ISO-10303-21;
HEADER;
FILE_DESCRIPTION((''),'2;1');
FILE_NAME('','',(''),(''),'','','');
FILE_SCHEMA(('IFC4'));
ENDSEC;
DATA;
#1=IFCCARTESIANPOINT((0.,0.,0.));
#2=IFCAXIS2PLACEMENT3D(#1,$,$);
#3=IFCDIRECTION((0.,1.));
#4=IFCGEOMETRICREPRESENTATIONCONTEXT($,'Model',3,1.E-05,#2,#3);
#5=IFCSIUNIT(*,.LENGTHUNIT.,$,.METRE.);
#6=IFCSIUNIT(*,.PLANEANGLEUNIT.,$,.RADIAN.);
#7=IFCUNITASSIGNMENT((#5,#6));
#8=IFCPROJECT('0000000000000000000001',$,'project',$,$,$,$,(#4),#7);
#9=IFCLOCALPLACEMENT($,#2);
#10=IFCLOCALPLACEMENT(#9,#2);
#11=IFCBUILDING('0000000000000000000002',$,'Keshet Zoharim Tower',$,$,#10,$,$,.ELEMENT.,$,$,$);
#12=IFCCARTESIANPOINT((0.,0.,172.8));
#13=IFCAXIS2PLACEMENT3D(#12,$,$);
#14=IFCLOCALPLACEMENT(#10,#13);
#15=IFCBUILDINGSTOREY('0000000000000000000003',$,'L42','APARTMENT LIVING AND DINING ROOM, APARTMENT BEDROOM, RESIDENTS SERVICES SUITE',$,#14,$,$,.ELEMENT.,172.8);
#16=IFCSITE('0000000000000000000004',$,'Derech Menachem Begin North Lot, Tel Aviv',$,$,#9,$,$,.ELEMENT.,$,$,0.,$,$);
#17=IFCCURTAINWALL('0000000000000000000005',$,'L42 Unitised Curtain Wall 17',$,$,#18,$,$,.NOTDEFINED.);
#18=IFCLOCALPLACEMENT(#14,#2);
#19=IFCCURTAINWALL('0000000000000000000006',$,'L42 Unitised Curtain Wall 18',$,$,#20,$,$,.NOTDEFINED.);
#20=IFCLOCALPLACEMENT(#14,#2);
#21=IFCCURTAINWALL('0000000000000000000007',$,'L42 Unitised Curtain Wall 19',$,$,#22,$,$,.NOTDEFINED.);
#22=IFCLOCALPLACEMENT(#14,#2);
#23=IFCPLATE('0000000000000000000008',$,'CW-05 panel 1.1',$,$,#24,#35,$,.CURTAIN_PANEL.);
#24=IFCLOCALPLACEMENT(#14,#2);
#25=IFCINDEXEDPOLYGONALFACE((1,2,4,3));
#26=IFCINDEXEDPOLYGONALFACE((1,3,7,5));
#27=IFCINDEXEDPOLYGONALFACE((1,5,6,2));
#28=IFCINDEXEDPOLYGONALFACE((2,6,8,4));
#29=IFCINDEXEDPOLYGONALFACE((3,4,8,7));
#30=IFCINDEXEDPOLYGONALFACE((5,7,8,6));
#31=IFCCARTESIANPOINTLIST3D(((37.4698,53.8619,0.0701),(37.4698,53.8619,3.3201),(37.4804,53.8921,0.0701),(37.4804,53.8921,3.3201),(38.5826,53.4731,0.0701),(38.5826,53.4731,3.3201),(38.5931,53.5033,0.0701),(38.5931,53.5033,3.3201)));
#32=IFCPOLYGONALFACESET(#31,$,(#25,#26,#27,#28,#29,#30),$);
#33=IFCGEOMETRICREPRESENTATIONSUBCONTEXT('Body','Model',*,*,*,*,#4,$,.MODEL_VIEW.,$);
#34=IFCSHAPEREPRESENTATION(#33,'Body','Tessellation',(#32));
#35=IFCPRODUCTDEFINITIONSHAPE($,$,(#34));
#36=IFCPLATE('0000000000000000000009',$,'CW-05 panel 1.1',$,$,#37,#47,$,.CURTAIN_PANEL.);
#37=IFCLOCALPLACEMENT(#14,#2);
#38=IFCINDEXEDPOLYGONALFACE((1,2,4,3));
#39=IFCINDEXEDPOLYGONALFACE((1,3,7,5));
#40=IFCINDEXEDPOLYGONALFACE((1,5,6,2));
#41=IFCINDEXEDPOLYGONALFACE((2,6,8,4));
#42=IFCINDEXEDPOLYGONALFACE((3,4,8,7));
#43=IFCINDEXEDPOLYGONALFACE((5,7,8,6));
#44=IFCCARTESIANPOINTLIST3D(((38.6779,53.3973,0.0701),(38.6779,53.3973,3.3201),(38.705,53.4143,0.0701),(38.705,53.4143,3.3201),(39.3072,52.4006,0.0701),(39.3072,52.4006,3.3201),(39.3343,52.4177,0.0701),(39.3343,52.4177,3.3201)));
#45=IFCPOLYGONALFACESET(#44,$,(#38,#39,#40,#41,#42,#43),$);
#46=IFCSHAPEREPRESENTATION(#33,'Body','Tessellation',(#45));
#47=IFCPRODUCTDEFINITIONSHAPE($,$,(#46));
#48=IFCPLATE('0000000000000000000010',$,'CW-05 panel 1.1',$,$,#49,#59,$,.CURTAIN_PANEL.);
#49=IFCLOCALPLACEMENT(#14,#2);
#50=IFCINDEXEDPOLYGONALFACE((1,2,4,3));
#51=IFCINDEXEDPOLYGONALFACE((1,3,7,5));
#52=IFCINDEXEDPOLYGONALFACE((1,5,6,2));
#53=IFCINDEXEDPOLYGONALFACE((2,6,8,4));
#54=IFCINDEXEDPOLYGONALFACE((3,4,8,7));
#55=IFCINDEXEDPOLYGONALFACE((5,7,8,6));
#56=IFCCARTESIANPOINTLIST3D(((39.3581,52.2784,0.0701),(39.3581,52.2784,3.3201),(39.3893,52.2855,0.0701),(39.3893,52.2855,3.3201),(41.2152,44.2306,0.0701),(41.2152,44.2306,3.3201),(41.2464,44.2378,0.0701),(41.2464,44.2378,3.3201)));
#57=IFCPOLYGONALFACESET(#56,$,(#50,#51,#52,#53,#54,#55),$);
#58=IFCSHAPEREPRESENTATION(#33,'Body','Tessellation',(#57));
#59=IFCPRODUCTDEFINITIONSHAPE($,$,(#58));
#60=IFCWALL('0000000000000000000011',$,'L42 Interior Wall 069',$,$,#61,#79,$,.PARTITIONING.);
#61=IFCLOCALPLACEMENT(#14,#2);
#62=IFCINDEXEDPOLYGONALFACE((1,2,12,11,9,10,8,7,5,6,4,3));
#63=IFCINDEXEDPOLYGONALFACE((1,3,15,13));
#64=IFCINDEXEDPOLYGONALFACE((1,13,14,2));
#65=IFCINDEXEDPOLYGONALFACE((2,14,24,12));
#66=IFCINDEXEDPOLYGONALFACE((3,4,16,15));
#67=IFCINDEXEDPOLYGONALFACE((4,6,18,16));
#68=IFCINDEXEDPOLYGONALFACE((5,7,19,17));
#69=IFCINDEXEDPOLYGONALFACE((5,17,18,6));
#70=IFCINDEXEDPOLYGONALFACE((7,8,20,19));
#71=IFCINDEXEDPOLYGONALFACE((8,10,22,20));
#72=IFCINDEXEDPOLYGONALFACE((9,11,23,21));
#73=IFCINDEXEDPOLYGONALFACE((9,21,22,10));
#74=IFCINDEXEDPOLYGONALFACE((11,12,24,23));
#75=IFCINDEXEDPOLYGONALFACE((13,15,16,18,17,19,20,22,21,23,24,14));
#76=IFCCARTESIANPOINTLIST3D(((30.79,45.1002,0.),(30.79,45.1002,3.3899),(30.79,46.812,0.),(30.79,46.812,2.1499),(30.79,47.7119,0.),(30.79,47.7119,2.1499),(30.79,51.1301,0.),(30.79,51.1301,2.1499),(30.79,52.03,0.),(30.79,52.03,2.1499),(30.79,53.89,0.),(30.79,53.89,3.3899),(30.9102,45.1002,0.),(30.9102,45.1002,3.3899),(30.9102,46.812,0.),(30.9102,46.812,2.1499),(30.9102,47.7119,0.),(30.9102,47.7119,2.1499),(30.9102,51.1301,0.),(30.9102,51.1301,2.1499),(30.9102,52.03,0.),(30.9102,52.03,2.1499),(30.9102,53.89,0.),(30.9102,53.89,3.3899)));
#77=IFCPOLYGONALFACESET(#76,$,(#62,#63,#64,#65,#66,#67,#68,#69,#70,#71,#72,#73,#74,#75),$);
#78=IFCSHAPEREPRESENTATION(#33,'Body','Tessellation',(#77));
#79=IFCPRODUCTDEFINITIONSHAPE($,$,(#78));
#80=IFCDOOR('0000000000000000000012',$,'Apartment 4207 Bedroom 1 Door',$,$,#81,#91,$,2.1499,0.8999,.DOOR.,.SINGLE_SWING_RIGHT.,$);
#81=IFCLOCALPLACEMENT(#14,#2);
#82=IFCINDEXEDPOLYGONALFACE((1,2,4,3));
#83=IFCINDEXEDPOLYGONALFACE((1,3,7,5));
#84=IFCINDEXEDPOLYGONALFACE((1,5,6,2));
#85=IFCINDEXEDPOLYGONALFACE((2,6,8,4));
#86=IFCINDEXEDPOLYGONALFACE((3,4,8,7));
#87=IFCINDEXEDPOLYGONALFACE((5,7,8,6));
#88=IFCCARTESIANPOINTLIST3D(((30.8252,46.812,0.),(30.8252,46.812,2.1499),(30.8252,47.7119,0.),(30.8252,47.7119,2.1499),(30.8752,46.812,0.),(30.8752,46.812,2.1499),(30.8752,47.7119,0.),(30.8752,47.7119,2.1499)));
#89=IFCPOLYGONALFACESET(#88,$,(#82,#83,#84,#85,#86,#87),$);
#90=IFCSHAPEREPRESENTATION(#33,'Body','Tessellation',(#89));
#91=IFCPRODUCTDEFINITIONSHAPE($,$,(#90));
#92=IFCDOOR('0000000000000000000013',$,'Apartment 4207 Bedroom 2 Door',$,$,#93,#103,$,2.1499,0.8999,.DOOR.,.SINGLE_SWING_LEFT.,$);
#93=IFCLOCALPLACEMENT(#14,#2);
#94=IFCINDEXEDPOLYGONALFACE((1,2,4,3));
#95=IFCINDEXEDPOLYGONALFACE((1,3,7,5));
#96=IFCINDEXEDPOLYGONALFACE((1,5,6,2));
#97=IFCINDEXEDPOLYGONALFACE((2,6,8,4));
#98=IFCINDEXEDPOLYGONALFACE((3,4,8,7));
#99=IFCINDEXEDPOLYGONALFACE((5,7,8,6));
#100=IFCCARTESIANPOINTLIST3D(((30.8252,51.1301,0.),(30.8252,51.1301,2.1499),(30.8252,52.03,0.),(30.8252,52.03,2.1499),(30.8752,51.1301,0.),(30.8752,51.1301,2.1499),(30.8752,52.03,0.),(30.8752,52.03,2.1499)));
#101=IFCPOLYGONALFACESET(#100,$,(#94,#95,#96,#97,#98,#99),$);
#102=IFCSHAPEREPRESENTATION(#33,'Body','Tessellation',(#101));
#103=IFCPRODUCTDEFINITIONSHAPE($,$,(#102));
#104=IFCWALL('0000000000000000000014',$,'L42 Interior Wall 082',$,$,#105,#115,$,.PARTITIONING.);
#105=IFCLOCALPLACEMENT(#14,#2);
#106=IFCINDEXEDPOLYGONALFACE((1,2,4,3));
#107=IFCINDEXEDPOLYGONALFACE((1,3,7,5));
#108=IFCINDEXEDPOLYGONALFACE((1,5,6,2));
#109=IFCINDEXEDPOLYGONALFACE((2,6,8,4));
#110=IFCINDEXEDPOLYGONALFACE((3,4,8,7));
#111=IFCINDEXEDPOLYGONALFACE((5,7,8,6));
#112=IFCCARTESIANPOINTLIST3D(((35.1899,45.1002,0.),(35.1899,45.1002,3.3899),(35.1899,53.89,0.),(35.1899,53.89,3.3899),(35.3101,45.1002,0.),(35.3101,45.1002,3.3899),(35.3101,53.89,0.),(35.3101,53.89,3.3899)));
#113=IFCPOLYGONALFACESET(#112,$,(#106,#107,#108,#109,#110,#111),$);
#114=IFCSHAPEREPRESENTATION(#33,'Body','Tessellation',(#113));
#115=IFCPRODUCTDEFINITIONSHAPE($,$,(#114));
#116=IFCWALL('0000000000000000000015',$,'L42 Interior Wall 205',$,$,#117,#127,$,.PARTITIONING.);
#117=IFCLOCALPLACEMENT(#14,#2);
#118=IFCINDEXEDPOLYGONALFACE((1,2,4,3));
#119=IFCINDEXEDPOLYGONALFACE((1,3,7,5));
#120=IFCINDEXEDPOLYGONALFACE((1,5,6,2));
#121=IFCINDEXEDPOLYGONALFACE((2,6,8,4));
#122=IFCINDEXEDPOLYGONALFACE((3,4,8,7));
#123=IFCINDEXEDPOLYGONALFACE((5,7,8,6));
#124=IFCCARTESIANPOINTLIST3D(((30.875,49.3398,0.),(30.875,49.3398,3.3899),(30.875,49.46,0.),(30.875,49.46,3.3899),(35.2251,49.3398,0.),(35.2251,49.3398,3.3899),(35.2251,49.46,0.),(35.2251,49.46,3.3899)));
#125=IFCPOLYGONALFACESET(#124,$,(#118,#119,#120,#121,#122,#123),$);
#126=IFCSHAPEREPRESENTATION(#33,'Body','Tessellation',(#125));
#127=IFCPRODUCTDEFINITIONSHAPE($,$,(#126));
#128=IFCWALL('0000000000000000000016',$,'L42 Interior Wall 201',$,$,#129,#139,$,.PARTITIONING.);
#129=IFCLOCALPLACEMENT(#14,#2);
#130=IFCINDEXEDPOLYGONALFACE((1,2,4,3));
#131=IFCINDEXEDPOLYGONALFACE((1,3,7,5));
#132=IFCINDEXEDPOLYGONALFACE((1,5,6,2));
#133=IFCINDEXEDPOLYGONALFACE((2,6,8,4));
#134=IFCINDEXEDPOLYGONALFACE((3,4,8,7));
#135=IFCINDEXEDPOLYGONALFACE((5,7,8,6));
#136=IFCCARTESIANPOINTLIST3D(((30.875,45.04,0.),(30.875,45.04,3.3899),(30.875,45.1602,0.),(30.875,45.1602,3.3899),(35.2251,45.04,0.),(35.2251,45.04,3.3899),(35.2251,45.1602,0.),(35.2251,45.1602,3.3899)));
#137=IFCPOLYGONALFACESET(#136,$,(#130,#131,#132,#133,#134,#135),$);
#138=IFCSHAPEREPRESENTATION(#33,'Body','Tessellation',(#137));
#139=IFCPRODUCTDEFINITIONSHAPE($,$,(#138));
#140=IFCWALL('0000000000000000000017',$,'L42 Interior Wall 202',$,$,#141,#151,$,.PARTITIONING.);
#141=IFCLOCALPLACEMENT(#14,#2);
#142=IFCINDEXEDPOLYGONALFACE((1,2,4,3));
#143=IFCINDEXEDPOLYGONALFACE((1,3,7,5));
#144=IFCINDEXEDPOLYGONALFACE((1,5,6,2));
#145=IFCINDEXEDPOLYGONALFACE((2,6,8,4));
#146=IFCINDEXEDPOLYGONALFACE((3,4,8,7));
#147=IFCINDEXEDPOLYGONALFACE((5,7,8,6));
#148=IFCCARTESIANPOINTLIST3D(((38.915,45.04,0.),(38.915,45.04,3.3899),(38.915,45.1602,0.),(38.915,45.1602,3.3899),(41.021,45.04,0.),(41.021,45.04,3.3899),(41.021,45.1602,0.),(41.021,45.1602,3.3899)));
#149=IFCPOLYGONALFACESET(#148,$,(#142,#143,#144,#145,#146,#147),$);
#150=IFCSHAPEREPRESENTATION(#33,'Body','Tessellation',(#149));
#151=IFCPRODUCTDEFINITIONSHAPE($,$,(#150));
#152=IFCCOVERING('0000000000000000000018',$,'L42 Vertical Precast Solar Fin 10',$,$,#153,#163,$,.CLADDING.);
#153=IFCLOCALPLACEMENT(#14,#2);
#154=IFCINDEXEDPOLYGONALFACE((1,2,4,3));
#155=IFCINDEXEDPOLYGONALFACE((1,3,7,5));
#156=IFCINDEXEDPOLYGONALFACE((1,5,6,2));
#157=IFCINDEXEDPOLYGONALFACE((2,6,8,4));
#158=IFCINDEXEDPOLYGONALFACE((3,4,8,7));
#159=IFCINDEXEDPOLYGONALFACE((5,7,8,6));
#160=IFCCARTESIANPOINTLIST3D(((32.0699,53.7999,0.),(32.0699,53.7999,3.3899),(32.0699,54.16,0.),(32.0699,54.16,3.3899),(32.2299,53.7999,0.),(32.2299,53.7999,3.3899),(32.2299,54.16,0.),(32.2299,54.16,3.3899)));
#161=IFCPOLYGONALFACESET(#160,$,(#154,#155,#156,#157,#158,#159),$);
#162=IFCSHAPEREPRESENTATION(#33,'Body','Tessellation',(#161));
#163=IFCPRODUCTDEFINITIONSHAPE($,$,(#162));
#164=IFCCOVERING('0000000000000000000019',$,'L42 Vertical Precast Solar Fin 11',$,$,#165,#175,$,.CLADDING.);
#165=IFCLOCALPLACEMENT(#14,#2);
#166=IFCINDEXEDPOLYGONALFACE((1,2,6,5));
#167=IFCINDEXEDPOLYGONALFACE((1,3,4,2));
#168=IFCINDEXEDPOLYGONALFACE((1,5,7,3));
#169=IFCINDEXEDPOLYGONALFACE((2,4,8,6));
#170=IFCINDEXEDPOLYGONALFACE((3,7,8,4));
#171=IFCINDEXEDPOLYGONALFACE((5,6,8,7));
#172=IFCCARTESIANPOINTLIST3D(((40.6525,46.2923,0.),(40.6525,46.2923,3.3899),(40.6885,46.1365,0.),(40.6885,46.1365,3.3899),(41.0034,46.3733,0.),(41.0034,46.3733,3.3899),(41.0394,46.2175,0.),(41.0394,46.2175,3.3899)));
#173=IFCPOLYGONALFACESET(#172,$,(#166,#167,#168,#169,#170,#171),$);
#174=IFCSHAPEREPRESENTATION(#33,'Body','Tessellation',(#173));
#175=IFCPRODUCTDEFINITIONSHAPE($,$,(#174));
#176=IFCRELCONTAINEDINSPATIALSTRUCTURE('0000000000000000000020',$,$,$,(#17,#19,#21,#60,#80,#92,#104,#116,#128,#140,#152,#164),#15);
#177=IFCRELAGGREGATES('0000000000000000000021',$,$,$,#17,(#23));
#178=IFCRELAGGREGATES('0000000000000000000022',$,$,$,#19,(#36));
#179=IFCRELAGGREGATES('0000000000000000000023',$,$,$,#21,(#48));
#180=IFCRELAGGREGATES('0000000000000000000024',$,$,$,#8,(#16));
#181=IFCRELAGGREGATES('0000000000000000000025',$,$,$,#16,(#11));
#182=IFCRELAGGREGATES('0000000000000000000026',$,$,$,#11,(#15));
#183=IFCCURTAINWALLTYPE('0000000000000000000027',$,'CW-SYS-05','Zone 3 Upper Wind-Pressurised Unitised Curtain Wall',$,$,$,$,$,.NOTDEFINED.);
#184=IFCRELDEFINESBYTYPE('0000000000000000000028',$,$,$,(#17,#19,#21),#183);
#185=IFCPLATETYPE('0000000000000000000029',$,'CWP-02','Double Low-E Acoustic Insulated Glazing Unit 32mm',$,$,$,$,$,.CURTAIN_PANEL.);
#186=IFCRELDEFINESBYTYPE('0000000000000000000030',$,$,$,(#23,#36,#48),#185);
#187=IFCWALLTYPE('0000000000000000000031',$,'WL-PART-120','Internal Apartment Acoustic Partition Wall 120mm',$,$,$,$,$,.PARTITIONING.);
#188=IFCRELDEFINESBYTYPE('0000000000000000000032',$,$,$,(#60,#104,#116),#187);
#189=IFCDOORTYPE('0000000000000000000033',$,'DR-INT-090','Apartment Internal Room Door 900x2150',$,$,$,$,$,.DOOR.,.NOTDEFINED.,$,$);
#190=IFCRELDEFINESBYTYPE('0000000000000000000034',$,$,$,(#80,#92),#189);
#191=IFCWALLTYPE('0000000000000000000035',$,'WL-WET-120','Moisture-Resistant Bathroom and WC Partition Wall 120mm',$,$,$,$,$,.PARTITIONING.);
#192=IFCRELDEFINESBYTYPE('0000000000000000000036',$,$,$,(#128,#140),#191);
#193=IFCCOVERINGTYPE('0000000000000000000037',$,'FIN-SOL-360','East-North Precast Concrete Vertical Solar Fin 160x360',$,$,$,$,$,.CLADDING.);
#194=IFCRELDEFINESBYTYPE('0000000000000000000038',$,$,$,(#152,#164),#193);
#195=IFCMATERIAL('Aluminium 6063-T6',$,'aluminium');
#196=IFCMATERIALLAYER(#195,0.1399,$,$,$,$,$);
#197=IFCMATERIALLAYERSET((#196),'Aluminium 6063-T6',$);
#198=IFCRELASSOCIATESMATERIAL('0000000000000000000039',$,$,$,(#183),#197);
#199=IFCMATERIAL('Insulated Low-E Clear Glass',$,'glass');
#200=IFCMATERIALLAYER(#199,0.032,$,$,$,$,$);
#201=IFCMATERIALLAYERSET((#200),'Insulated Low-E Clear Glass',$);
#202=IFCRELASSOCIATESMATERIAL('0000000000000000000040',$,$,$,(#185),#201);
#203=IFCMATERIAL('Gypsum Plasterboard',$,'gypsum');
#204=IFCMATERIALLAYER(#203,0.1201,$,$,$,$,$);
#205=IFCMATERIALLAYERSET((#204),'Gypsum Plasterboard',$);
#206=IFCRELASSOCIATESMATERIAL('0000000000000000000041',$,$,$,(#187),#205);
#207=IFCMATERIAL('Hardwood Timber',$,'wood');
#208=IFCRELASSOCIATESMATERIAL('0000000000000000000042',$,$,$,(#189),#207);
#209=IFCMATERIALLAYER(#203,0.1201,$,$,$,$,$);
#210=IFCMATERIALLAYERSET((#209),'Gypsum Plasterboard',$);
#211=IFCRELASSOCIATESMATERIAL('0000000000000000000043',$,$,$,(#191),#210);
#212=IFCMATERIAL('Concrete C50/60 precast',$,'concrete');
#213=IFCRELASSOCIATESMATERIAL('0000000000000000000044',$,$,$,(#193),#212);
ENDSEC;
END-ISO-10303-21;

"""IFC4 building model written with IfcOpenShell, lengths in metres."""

from ifc_helpers import new_model, si_unit, direction, frame, frame_2d, origin, origin_2d, place, context, subcontext, project, spatial, rectangle, extrude, material, layer, layer_set, type_object, element, fill, aggregate, save


model = new_model("IFC4")

# Units and contexts
model_context = context("Model", 3, precision=1e-05, world=origin(), true_north=direction((0.0, 1.0)))
body_context = subcontext(model_context, "Body", "Model", "MODEL_VIEW")
ifc_project = project(units=[si_unit("LENGTHUNIT", "METRE"), si_unit("PLANEANGLEUNIT", "RADIAN")], contexts=[model_context])

# Site, building, storey
site_placement = place(None, origin())
site = spatial("IfcSite", under=ifc_project, at=site_placement, Name="Derech Menachem Begin North Lot, Tel Aviv", CompositionType="ELEMENT", RefElevation=0.0)
building_placement = place(site_placement, origin())
building = spatial("IfcBuilding", under=site, at=building_placement, Name="Keshet Zoharim Tower", CompositionType="ELEMENT")
storey_placement = place(building_placement, frame((0.0, 0.0, 172.8)))
storey = spatial("IfcBuildingStorey", under=building, at=storey_placement, Name="L42", Description="APARTMENT LIVING AND DINING ROOM, APARTMENT BEDROOM, RESIDENTS SERVICES SUITE", CompositionType="ELEMENT", Elevation=172.8)

# Curtain walls
ifc_material_1 = material(Name="Aluminium 6063-T6", Category="aluminium")
ifc_layer_1 = layer(ifc_material_1, 0.1399)
ifc_layer_set_1 = layer_set([ifc_layer_1], Name="Aluminium 6063-T6")
curtain_wall_type = type_object("IfcCurtainWallType", Name="CW-SYS-05", Description="Zone 3 Upper Wind-Pressurised Unitised Curtain Wall", PredefinedType="NOTDEFINED", material=ifc_layer_set_1)
curtain_wall_1_placement = place(storey_placement, origin())
curtain_wall_1 = element("IfcCurtainWall", 1, at=curtain_wall_1_placement, inside=storey, type_object=curtain_wall_type, Name="L42 Unitised Curtain Wall 17", PredefinedType="NOTDEFINED")
curtain_wall_2_placement = place(storey_placement, origin())
curtain_wall_2 = element("IfcCurtainWall", 2, at=curtain_wall_2_placement, inside=storey, type_object=curtain_wall_type, Name="L42 Unitised Curtain Wall 18", PredefinedType="NOTDEFINED")
curtain_wall_3_placement = place(storey_placement, origin())
curtain_wall_3 = element("IfcCurtainWall", 3, at=curtain_wall_3_placement, inside=storey, type_object=curtain_wall_type, Name="L42 Unitised Curtain Wall 19", PredefinedType="NOTDEFINED")

# Plates
ifc_material_2 = material(Name="Insulated Low-E Clear Glass", Category="glass")
ifc_layer_2 = layer(ifc_material_2, 0.032)
ifc_layer_set_2 = layer_set([ifc_layer_2], Name="Insulated Low-E Clear Glass")
plate_type = type_object("IfcPlateType", Name="CWP-02", Description="Double Low-E Acoustic Insulated Glazing Unit 32mm", PredefinedType="CURTAIN_PANEL", material=ifc_layer_set_2)
plate_1_placement = place(storey_placement, frame((38.0315, 53.6826, 0.0701), z_axis=(0.0, 0.0, 1.0), x_axis=(0.944036, -0.329844, 0.0)))
plate_1 = element("IfcPlate", 4, at=plate_1_placement, type_object=plate_type, Name="CW-05 panel 1.1", PredefinedType="CURTAIN_PANEL", context=body_context, shape_type="SweptSolid", body=[
    extrude(rectangle(XDim=1.1787, YDim=0.032, at=origin_2d()), origin(), (0.0, 0.0, 1.0), 3.25),
])
aggregate(curtain_wall_1, [plate_1])
plate_2_placement = place(storey_placement, frame((39.0061, 52.9075, 0.0701), z_axis=(0.0, 0.0, 1.0), x_axis=(0.533879, -0.845561, 0.0)))
plate_2 = element("IfcPlate", 5, at=plate_2_placement, type_object=plate_type, Name="CW-05 panel 1.1", PredefinedType="CURTAIN_PANEL", context=body_context, shape_type="SweptSolid", body=[
    extrude(rectangle(XDim=1.1787, YDim=0.032, at=origin_2d()), origin(), (0.0, 0.0, 1.0), 3.25),
])
aggregate(curtain_wall_2, [plate_2])
plate_3_placement = place(storey_placement, frame((40.3022, 48.2581, 0.0701), z_axis=(0.0, 0.0, 1.0), x_axis=(0.224848, -0.974394, 0.0)))
plate_3 = element("IfcPlate", 6, at=plate_3_placement, type_object=plate_type, Name="CW-05 panel 1.1", PredefinedType="CURTAIN_PANEL", context=body_context, shape_type="SweptSolid", body=[
    extrude(rectangle(XDim=8.2593, YDim=0.032, at=origin_2d()), origin(), (0.0, 0.0, 1.0), 3.25),
])
aggregate(curtain_wall_3, [plate_3])

# Wall, openings, doors
ifc_material_3 = material(Name="Gypsum Plasterboard", Category="gypsum")
ifc_layer_3 = layer(ifc_material_3, 0.1201)
ifc_layer_set_3 = layer_set([ifc_layer_3], Name="Gypsum Plasterboard")
wall_type_1 = type_object("IfcWallType", Name="WL-PART-120", Description="Internal Apartment Acoustic Partition Wall 120mm", PredefinedType="PARTITIONING", material=ifc_layer_set_3)
wall_1_placement = place(storey_placement, frame((30.8501, 45.1001, 0.0), z_axis=(0.0, 0.0, 1.0), x_axis=(0.0, 1.0, 0.0)))
wall_1 = element("IfcWall", 7, at=wall_1_placement, inside=storey, type_object=wall_type_1, Name="L42 Interior Wall 069", PredefinedType="PARTITIONING", context=body_context, shape_type="SweptSolid", body=[
    extrude(rectangle(XDim=8.7898, YDim=0.1201, at=frame_2d((4.395, 0.0))), origin(), (0.0, 0.0, 1.0), 3.3899),
])
opening_1_placement = place(wall_1_placement, frame((1.7119, 0.0, 0.0)))
opening_1 = element("IfcOpeningElement", 8, at=opening_1_placement, cuts=wall_1, PredefinedType="OPENING", context=body_context, shape_type="SweptSolid", body=[
    extrude(rectangle(XDim=0.8999, YDim=2.1499, at=frame_2d((0.45, 1.075))), frame((0.0, 0.0701, 0.0), z_axis=(0.0, -1.0, 0.0), x_axis=(1.0, 0.0, 0.0)), (0.0, 0.0, 1.0), 0.1401),
])
opening_2_placement = place(wall_1_placement, frame((6.03, 0.0, 0.0)))
opening_2 = element("IfcOpeningElement", 9, at=opening_2_placement, cuts=wall_1, PredefinedType="OPENING", context=body_context, shape_type="SweptSolid", body=[
    extrude(rectangle(XDim=0.8999, YDim=2.1499, at=frame_2d((0.45, 1.075))), frame((0.0, 0.0701, 0.0), z_axis=(0.0, -1.0, 0.0), x_axis=(1.0, 0.0, 0.0)), (0.0, 0.0, 1.0), 0.1401),
])
ifc_material_4 = material(Name="Hardwood Timber", Category="wood")
door_type = type_object("IfcDoorType", Name="DR-INT-090", Description="Apartment Internal Room Door 900x2150", OperationType="NOTDEFINED", PredefinedType="DOOR", material=ifc_material_4)
door_1_placement = place(opening_1_placement, origin())
door_1 = element("IfcDoor", 10, at=door_1_placement, inside=storey, type_object=door_type, Name="Apartment 4207 Bedroom 1 Door", OperationType="SINGLE_SWING_RIGHT", OverallHeight=2.1499, OverallWidth=0.8999, PredefinedType="DOOR", context=body_context, shape_type="SweptSolid", body=[
    extrude(rectangle(XDim=0.8999, YDim=2.1499, at=frame_2d((0.45, 1.075))), frame((0.0, 0.0249, 0.0), z_axis=(0.0, -1.0, 0.0), x_axis=(1.0, 0.0, 0.0)), (0.0, 0.0, 1.0), 0.05),
])
fill(opening_1, door_1)
door_2_placement = place(opening_2_placement, origin())
door_2 = element("IfcDoor", 11, at=door_2_placement, inside=storey, type_object=door_type, Name="Apartment 4207 Bedroom 2 Door", OperationType="SINGLE_SWING_LEFT", OverallHeight=2.1499, OverallWidth=0.8999, PredefinedType="DOOR", context=body_context, shape_type="SweptSolid", body=[
    extrude(rectangle(XDim=0.8999, YDim=2.1499, at=frame_2d((0.45, 1.075))), frame((0.0, 0.0249, 0.0), z_axis=(0.0, -1.0, 0.0), x_axis=(1.0, 0.0, 0.0)), (0.0, 0.0, 1.0), 0.05),
])
fill(opening_2, door_2)

# Walls
wall_2_placement = place(storey_placement, frame((35.25, 45.1001, 0.0), z_axis=(0.0, 0.0, 1.0), x_axis=(0.0, 1.0, 0.0)))
element("IfcWall", 12, at=wall_2_placement, inside=storey, type_object=wall_type_1, Name="L42 Interior Wall 082", PredefinedType="PARTITIONING", context=body_context, shape_type="SweptSolid", body=[
    extrude(rectangle(XDim=8.7898, YDim=0.1201, at=frame_2d((4.395, 0.0))), origin(), (0.0, 0.0, 1.0), 3.3899),
])
wall_3_placement = place(storey_placement, frame((30.875, 49.3999, 0.0), z_axis=(0.0, 0.0, 1.0), x_axis=(1.0, 0.0, 0.0)))
element("IfcWall", 13, at=wall_3_placement, inside=storey, type_object=wall_type_1, Name="L42 Interior Wall 205", PredefinedType="PARTITIONING", context=body_context, shape_type="SweptSolid", body=[
    extrude(rectangle(XDim=4.3501, YDim=0.1201, at=frame_2d((2.175, 0.0))), origin(), (0.0, 0.0, 1.0), 3.3899),
])
ifc_layer_4 = layer(ifc_material_3, 0.1201)
ifc_layer_set_4 = layer_set([ifc_layer_4], Name="Gypsum Plasterboard")
wall_type_2 = type_object("IfcWallType", Name="WL-WET-120", Description="Moisture-Resistant Bathroom and WC Partition Wall 120mm", PredefinedType="PARTITIONING", material=ifc_layer_set_4)
wall_4_placement = place(storey_placement, frame((30.875, 45.1001, 0.0), z_axis=(0.0, 0.0, 1.0), x_axis=(1.0, 0.0, 0.0)))
element("IfcWall", 14, at=wall_4_placement, inside=storey, type_object=wall_type_2, Name="L42 Interior Wall 201", PredefinedType="PARTITIONING", context=body_context, shape_type="SweptSolid", body=[
    extrude(rectangle(XDim=4.3501, YDim=0.1201, at=frame_2d((2.175, 0.0))), origin(), (0.0, 0.0, 1.0), 3.3899),
])
wall_5_placement = place(storey_placement, frame((38.915, 45.1001, 0.0), z_axis=(0.0, 0.0, 1.0), x_axis=(1.0, 0.0, 0.0)))
element("IfcWall", 15, at=wall_5_placement, inside=storey, type_object=wall_type_2, Name="L42 Interior Wall 202", PredefinedType="PARTITIONING", context=body_context, shape_type="SweptSolid", body=[
    extrude(rectangle(XDim=2.106, YDim=0.1201, at=frame_2d((1.053, 0.0))), origin(), (0.0, 0.0, 1.0), 3.3899),
])

# Coverings
ifc_material_5 = material(Name="Concrete C50/60 precast", Category="concrete")
covering_type = type_object("IfcCoveringType", Name="FIN-SOL-360", Description="East-North Precast Concrete Vertical Solar Fin 160x360", PredefinedType="CLADDING", material=ifc_material_5)
for number, where, z_axis, x_axis, name in (
    (16, (32.1499, 53.98, 0.0), (0.0, 0.0, 1.0), (1.0, 0.0, 0.0), "L42 Vertical Precast Solar Fin 10"),
    (17, (40.8459, 46.2549, 0.0), (0.0, 0.0, 1.0), (0.224848, -0.974394, 0.0), "L42 Vertical Precast Solar Fin 11"),
):
    element("IfcCovering", number, at=place(storey_placement, frame(where, z_axis=z_axis, x_axis=x_axis)), inside=storey, type_object=covering_type, Name=name, PredefinedType="CLADDING", context=body_context, shape_type="SweptSolid", body=[
        extrude(rectangle(XDim=0.1599, YDim=0.3601, at=origin_2d()), origin(), (0.0, 0.0, 1.0), 3.3899),
    ])

save(model, "model.ifc")
